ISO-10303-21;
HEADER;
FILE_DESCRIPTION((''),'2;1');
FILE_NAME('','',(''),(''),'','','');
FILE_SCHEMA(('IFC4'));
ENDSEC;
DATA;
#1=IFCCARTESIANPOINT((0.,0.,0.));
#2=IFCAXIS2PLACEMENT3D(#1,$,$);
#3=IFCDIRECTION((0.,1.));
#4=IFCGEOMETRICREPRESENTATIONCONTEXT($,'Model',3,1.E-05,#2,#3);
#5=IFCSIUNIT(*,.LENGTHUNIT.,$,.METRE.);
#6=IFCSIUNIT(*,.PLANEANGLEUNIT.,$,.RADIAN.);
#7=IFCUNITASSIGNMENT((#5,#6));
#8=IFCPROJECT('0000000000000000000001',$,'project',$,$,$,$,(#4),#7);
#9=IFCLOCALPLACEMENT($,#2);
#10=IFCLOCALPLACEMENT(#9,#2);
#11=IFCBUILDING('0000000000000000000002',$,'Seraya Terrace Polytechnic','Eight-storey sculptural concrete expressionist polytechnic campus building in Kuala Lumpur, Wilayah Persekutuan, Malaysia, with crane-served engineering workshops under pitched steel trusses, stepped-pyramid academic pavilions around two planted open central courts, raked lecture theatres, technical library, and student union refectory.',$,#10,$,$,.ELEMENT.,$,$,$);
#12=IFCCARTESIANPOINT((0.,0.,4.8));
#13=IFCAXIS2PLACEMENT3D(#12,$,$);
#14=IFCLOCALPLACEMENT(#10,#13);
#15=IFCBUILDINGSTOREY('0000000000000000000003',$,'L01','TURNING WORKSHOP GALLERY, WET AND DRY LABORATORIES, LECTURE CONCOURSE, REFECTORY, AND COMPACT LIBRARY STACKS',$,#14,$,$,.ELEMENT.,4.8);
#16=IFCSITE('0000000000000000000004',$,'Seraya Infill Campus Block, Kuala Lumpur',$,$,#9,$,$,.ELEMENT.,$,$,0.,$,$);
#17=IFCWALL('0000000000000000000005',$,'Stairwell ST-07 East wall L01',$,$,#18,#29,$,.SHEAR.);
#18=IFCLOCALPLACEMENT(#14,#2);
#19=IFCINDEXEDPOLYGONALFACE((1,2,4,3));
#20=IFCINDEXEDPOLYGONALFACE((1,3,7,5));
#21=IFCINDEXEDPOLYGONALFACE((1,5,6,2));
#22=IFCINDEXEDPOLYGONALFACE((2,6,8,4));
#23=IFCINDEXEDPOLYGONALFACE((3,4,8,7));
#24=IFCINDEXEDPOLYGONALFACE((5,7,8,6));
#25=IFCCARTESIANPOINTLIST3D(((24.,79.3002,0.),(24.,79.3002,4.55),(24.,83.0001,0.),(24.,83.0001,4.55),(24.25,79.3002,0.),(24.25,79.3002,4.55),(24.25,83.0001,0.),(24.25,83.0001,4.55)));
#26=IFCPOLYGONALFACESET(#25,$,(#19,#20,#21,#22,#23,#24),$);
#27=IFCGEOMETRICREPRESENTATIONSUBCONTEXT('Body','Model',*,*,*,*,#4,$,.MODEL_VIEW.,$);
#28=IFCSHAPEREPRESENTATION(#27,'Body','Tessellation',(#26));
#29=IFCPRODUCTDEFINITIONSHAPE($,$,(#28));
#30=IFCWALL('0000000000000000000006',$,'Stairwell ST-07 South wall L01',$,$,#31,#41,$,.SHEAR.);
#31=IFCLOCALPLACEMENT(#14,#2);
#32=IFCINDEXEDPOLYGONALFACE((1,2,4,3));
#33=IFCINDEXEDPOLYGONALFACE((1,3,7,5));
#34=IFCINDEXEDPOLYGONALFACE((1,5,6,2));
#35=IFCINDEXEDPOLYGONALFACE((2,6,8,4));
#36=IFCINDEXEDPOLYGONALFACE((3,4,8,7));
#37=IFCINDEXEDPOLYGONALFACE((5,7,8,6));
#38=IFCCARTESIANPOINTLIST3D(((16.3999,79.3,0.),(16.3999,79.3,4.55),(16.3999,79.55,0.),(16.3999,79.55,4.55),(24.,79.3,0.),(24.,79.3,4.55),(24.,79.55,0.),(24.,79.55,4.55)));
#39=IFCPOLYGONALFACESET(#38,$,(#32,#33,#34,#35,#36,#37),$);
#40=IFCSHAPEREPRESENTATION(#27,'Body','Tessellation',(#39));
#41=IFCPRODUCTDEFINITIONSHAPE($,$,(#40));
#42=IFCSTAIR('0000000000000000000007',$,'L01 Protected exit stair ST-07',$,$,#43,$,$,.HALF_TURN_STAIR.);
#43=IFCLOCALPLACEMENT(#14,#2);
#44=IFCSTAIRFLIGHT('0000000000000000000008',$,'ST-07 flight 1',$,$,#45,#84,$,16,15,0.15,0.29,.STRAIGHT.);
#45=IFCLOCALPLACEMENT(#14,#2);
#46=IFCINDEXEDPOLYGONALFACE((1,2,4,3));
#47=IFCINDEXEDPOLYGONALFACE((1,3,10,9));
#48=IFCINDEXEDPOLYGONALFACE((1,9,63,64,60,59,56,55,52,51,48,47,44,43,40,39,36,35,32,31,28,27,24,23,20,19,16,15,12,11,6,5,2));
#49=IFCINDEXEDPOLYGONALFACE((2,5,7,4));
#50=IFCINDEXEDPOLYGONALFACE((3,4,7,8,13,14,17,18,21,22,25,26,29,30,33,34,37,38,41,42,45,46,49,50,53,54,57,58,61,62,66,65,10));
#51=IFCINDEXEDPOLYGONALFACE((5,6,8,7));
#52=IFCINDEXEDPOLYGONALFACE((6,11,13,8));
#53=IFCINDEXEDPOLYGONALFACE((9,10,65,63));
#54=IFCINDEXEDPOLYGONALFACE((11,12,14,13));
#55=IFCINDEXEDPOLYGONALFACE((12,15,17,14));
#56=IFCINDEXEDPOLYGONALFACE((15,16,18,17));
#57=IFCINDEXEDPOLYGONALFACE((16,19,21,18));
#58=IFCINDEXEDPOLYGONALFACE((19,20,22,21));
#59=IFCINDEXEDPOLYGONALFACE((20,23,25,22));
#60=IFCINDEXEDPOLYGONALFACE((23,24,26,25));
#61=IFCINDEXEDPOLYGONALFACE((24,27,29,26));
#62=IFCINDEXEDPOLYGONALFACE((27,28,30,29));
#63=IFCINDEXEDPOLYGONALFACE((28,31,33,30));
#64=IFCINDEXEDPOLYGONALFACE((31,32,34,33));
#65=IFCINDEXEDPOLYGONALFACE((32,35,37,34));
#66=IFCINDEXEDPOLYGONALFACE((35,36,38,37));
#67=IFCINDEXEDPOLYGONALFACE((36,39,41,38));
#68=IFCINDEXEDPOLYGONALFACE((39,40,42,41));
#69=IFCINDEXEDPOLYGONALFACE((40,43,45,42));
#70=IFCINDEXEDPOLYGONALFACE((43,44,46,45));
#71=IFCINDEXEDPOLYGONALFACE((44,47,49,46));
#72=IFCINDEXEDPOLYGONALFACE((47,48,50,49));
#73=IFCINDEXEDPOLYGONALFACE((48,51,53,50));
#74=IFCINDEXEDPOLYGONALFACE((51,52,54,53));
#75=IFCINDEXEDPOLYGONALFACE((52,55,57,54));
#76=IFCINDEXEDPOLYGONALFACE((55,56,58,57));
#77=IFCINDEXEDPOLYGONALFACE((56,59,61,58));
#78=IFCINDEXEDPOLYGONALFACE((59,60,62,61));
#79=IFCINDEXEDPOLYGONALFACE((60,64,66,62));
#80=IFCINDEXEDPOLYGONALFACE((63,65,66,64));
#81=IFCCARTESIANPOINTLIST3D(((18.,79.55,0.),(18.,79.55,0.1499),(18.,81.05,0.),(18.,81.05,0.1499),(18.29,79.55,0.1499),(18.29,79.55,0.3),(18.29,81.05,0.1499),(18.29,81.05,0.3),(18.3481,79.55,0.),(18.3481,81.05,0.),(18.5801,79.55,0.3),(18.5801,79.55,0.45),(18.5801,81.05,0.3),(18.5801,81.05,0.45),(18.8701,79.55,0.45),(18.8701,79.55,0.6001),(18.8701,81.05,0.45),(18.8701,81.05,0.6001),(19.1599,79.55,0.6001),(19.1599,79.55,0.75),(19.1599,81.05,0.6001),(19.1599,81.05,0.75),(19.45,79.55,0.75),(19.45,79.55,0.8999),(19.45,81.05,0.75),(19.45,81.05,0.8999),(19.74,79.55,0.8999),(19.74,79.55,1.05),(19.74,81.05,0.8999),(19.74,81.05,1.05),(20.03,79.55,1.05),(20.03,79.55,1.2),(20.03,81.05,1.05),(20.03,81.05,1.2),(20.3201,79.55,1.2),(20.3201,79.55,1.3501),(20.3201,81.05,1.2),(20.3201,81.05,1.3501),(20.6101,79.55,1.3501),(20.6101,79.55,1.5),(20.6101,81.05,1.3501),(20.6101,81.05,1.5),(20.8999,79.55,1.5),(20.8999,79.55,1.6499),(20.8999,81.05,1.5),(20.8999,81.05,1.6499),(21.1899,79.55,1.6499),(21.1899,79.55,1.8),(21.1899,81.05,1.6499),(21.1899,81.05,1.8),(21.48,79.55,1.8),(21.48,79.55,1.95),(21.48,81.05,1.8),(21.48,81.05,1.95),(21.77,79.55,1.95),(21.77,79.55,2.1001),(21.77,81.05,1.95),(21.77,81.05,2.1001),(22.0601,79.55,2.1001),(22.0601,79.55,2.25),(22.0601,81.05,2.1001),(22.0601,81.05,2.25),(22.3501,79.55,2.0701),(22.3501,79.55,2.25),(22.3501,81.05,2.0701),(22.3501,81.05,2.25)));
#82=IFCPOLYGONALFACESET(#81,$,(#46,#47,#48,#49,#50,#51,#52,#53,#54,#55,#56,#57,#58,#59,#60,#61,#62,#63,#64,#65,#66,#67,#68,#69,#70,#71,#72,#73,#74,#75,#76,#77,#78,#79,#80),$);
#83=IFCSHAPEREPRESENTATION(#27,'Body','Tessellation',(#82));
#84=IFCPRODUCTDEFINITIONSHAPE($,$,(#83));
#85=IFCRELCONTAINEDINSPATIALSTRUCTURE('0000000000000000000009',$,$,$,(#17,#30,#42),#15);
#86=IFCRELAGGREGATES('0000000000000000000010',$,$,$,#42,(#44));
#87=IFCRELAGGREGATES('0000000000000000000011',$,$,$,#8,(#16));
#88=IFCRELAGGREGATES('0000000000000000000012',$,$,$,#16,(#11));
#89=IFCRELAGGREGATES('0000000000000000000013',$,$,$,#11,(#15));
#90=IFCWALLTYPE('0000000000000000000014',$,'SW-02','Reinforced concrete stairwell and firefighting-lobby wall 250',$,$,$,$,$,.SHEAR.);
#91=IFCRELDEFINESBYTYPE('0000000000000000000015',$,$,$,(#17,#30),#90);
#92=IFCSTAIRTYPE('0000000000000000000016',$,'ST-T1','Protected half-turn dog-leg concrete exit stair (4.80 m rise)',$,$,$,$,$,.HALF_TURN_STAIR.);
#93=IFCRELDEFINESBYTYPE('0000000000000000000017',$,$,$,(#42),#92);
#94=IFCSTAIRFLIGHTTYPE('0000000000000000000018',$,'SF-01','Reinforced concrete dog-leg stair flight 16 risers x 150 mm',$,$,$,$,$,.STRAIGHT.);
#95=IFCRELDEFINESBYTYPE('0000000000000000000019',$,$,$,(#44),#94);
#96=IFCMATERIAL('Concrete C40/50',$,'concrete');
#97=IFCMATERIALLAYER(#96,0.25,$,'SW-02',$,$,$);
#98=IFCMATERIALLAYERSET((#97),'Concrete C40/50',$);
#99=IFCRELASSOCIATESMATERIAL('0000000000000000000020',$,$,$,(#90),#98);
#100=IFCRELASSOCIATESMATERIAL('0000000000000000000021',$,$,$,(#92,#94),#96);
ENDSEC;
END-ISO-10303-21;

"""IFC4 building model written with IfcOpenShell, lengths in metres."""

from ifc_helpers import new_model, si_unit, direction, frame, frame_2d, origin, place, context, subcontext, project, spatial, polyline, rectangle, outline, extrude, material, layer, layer_set, type_object, element, aggregate, save


model = new_model("IFC4")

# Units and contexts
model_context = context("Model", 3, precision=1e-05, world=origin(), true_north=direction((0.0, 1.0)))
body_context = subcontext(model_context, "Body", "Model", "MODEL_VIEW")
ifc_project = project(units=[si_unit("LENGTHUNIT", "METRE"), si_unit("PLANEANGLEUNIT", "RADIAN")], contexts=[model_context])

# Site, building, storey
site_placement = place(None, origin())
site = spatial("IfcSite", under=ifc_project, at=site_placement, Name="Seraya Infill Campus Block, Kuala Lumpur", CompositionType="ELEMENT", RefElevation=0.0)
building_placement = place(site_placement, origin())
building = spatial("IfcBuilding", under=site, at=building_placement, Name="Seraya Terrace Polytechnic", Description="Eight-storey sculptural concrete expressionist polytechnic campus building in Kuala Lumpur, Wilayah Persekutuan, Malaysia, with crane-served engineering workshops under pitched steel trusses, stepped-pyramid academic pavilions around two planted open central courts, raked lecture theatres, technical library, and student union refectory.", CompositionType="ELEMENT")
storey_placement = place(building_placement, frame((0.0, 0.0, 4.8)))
storey = spatial("IfcBuildingStorey", under=building, at=storey_placement, Name="L01", Description="TURNING WORKSHOP GALLERY, WET AND DRY LABORATORIES, LECTURE CONCOURSE, REFECTORY, AND COMPACT LIBRARY STACKS", CompositionType="ELEMENT", Elevation=4.8)

# Shared definitions
ifc_material_1 = material(Name="Concrete C40/50", Category="concrete")

# Shared definitions
ifc_layer_1 = layer(ifc_material_1, 0.25, Name="SW-02")
ifc_layer_set_1 = layer_set([ifc_layer_1], Name="Concrete C40/50")
wall_type_1 = type_object("IfcWallType", Name="SW-02", Description="Reinforced concrete stairwell and firefighting-lobby wall 250", PredefinedType="SHEAR", material=ifc_layer_set_1)

# Walls
wall_1_placement = place(storey_placement, frame((24.125, 79.3, 0.0), z_axis=(0.0, 0.0, 1.0), x_axis=(0.0, 1.0, 0.0)))
element("IfcWall", 1, at=wall_1_placement, inside=storey, type_object=wall_type_1, Name="Stairwell ST-07 East wall L01", PredefinedType="SHEAR", context=body_context, shape_type="SweptSolid", body=[
    extrude(rectangle(XDim=3.7, YDim=0.25, at=frame_2d((1.8501, 0.0))), origin(), (0.0, 0.0, 1.0), 4.55),
])
wall_2_placement = place(storey_placement, frame((16.3999, 79.425, 0.0), z_axis=(0.0, 0.0, 1.0), x_axis=(1.0, 0.0, 0.0)))
element("IfcWall", 2, at=wall_2_placement, inside=storey, type_object=wall_type_1, Name="Stairwell ST-07 South wall L01", PredefinedType="SHEAR", context=body_context, shape_type="SweptSolid", body=[
    extrude(rectangle(XDim=7.6001, YDim=0.25, at=frame_2d((3.8, 0.0))), origin(), (0.0, 0.0, 1.0), 4.55),
])

# Stair, stair flight
stair_type = type_object("IfcStairType", Name="ST-T1", Description="Protected half-turn dog-leg concrete exit stair (4.80 m rise)", PredefinedType="HALF_TURN_STAIR", material=ifc_material_1)
stair_placement = place(storey_placement, origin())
stair = element("IfcStair", 3, at=stair_placement, inside=storey, type_object=stair_type, Name="L01 Protected exit stair ST-07", PredefinedType="HALF_TURN_STAIR")
stair_flight_type = type_object("IfcStairFlightType", Name="SF-01", Description="Reinforced concrete dog-leg stair flight 16 risers x 150 mm", PredefinedType="STRAIGHT", material=ifc_material_1)
stair_flight_placement = place(storey_placement, frame((18.0, 80.3, 0.0), z_axis=(0.0, 0.0, 1.0), x_axis=(1.0, 0.0, 0.0)))
stair_flight = element("IfcStairFlight", 4, at=stair_flight_placement, type_object=stair_flight_type, Name="ST-07 flight 1", NumberOfRisers=16, NumberOfTreads=15, PredefinedType="STRAIGHT", RiserHeight=0.15, TreadLength=0.29, context=body_context, shape_type="SweptSolid", body=[
    extrude(outline(polyline([(0.0, 0.0), (0.0, 0.1499), (0.29, 0.1499), (0.29, 0.3), (0.5801, 0.3), (0.5801, 0.45), (0.8701, 0.45), (0.8701, 0.6001), (1.1599, 0.6001), (1.1599, 0.75), (1.45, 0.75), (1.45, 0.8999), (1.74, 0.8999), (1.74, 1.05), (2.03, 1.05), (2.03, 1.2), (2.3201, 1.2), (2.3201, 1.3501), (2.6101, 1.3501), (2.6101, 1.5), (2.8999, 1.5), (2.8999, 1.6499), (3.1899, 1.6499), (3.1899, 1.8), (3.48, 1.8), (3.48, 1.95), (3.77, 1.95), (3.77, 2.1001), (4.0601, 2.1001), (4.0601, 2.25), (4.3501, 2.25), (4.3501, 2.3999), (4.3501, 2.0701), (0.3481, 0.0), (0.0, 0.0)])), frame((0.0, 0.75, 0.0), z_axis=(0.0, -1.0, 0.0), x_axis=(1.0, 0.0, 0.0)), (0.0, 0.0, 1.0), 1.5),
])
aggregate(stair, [stair_flight])

save(model, "model.ifc")
